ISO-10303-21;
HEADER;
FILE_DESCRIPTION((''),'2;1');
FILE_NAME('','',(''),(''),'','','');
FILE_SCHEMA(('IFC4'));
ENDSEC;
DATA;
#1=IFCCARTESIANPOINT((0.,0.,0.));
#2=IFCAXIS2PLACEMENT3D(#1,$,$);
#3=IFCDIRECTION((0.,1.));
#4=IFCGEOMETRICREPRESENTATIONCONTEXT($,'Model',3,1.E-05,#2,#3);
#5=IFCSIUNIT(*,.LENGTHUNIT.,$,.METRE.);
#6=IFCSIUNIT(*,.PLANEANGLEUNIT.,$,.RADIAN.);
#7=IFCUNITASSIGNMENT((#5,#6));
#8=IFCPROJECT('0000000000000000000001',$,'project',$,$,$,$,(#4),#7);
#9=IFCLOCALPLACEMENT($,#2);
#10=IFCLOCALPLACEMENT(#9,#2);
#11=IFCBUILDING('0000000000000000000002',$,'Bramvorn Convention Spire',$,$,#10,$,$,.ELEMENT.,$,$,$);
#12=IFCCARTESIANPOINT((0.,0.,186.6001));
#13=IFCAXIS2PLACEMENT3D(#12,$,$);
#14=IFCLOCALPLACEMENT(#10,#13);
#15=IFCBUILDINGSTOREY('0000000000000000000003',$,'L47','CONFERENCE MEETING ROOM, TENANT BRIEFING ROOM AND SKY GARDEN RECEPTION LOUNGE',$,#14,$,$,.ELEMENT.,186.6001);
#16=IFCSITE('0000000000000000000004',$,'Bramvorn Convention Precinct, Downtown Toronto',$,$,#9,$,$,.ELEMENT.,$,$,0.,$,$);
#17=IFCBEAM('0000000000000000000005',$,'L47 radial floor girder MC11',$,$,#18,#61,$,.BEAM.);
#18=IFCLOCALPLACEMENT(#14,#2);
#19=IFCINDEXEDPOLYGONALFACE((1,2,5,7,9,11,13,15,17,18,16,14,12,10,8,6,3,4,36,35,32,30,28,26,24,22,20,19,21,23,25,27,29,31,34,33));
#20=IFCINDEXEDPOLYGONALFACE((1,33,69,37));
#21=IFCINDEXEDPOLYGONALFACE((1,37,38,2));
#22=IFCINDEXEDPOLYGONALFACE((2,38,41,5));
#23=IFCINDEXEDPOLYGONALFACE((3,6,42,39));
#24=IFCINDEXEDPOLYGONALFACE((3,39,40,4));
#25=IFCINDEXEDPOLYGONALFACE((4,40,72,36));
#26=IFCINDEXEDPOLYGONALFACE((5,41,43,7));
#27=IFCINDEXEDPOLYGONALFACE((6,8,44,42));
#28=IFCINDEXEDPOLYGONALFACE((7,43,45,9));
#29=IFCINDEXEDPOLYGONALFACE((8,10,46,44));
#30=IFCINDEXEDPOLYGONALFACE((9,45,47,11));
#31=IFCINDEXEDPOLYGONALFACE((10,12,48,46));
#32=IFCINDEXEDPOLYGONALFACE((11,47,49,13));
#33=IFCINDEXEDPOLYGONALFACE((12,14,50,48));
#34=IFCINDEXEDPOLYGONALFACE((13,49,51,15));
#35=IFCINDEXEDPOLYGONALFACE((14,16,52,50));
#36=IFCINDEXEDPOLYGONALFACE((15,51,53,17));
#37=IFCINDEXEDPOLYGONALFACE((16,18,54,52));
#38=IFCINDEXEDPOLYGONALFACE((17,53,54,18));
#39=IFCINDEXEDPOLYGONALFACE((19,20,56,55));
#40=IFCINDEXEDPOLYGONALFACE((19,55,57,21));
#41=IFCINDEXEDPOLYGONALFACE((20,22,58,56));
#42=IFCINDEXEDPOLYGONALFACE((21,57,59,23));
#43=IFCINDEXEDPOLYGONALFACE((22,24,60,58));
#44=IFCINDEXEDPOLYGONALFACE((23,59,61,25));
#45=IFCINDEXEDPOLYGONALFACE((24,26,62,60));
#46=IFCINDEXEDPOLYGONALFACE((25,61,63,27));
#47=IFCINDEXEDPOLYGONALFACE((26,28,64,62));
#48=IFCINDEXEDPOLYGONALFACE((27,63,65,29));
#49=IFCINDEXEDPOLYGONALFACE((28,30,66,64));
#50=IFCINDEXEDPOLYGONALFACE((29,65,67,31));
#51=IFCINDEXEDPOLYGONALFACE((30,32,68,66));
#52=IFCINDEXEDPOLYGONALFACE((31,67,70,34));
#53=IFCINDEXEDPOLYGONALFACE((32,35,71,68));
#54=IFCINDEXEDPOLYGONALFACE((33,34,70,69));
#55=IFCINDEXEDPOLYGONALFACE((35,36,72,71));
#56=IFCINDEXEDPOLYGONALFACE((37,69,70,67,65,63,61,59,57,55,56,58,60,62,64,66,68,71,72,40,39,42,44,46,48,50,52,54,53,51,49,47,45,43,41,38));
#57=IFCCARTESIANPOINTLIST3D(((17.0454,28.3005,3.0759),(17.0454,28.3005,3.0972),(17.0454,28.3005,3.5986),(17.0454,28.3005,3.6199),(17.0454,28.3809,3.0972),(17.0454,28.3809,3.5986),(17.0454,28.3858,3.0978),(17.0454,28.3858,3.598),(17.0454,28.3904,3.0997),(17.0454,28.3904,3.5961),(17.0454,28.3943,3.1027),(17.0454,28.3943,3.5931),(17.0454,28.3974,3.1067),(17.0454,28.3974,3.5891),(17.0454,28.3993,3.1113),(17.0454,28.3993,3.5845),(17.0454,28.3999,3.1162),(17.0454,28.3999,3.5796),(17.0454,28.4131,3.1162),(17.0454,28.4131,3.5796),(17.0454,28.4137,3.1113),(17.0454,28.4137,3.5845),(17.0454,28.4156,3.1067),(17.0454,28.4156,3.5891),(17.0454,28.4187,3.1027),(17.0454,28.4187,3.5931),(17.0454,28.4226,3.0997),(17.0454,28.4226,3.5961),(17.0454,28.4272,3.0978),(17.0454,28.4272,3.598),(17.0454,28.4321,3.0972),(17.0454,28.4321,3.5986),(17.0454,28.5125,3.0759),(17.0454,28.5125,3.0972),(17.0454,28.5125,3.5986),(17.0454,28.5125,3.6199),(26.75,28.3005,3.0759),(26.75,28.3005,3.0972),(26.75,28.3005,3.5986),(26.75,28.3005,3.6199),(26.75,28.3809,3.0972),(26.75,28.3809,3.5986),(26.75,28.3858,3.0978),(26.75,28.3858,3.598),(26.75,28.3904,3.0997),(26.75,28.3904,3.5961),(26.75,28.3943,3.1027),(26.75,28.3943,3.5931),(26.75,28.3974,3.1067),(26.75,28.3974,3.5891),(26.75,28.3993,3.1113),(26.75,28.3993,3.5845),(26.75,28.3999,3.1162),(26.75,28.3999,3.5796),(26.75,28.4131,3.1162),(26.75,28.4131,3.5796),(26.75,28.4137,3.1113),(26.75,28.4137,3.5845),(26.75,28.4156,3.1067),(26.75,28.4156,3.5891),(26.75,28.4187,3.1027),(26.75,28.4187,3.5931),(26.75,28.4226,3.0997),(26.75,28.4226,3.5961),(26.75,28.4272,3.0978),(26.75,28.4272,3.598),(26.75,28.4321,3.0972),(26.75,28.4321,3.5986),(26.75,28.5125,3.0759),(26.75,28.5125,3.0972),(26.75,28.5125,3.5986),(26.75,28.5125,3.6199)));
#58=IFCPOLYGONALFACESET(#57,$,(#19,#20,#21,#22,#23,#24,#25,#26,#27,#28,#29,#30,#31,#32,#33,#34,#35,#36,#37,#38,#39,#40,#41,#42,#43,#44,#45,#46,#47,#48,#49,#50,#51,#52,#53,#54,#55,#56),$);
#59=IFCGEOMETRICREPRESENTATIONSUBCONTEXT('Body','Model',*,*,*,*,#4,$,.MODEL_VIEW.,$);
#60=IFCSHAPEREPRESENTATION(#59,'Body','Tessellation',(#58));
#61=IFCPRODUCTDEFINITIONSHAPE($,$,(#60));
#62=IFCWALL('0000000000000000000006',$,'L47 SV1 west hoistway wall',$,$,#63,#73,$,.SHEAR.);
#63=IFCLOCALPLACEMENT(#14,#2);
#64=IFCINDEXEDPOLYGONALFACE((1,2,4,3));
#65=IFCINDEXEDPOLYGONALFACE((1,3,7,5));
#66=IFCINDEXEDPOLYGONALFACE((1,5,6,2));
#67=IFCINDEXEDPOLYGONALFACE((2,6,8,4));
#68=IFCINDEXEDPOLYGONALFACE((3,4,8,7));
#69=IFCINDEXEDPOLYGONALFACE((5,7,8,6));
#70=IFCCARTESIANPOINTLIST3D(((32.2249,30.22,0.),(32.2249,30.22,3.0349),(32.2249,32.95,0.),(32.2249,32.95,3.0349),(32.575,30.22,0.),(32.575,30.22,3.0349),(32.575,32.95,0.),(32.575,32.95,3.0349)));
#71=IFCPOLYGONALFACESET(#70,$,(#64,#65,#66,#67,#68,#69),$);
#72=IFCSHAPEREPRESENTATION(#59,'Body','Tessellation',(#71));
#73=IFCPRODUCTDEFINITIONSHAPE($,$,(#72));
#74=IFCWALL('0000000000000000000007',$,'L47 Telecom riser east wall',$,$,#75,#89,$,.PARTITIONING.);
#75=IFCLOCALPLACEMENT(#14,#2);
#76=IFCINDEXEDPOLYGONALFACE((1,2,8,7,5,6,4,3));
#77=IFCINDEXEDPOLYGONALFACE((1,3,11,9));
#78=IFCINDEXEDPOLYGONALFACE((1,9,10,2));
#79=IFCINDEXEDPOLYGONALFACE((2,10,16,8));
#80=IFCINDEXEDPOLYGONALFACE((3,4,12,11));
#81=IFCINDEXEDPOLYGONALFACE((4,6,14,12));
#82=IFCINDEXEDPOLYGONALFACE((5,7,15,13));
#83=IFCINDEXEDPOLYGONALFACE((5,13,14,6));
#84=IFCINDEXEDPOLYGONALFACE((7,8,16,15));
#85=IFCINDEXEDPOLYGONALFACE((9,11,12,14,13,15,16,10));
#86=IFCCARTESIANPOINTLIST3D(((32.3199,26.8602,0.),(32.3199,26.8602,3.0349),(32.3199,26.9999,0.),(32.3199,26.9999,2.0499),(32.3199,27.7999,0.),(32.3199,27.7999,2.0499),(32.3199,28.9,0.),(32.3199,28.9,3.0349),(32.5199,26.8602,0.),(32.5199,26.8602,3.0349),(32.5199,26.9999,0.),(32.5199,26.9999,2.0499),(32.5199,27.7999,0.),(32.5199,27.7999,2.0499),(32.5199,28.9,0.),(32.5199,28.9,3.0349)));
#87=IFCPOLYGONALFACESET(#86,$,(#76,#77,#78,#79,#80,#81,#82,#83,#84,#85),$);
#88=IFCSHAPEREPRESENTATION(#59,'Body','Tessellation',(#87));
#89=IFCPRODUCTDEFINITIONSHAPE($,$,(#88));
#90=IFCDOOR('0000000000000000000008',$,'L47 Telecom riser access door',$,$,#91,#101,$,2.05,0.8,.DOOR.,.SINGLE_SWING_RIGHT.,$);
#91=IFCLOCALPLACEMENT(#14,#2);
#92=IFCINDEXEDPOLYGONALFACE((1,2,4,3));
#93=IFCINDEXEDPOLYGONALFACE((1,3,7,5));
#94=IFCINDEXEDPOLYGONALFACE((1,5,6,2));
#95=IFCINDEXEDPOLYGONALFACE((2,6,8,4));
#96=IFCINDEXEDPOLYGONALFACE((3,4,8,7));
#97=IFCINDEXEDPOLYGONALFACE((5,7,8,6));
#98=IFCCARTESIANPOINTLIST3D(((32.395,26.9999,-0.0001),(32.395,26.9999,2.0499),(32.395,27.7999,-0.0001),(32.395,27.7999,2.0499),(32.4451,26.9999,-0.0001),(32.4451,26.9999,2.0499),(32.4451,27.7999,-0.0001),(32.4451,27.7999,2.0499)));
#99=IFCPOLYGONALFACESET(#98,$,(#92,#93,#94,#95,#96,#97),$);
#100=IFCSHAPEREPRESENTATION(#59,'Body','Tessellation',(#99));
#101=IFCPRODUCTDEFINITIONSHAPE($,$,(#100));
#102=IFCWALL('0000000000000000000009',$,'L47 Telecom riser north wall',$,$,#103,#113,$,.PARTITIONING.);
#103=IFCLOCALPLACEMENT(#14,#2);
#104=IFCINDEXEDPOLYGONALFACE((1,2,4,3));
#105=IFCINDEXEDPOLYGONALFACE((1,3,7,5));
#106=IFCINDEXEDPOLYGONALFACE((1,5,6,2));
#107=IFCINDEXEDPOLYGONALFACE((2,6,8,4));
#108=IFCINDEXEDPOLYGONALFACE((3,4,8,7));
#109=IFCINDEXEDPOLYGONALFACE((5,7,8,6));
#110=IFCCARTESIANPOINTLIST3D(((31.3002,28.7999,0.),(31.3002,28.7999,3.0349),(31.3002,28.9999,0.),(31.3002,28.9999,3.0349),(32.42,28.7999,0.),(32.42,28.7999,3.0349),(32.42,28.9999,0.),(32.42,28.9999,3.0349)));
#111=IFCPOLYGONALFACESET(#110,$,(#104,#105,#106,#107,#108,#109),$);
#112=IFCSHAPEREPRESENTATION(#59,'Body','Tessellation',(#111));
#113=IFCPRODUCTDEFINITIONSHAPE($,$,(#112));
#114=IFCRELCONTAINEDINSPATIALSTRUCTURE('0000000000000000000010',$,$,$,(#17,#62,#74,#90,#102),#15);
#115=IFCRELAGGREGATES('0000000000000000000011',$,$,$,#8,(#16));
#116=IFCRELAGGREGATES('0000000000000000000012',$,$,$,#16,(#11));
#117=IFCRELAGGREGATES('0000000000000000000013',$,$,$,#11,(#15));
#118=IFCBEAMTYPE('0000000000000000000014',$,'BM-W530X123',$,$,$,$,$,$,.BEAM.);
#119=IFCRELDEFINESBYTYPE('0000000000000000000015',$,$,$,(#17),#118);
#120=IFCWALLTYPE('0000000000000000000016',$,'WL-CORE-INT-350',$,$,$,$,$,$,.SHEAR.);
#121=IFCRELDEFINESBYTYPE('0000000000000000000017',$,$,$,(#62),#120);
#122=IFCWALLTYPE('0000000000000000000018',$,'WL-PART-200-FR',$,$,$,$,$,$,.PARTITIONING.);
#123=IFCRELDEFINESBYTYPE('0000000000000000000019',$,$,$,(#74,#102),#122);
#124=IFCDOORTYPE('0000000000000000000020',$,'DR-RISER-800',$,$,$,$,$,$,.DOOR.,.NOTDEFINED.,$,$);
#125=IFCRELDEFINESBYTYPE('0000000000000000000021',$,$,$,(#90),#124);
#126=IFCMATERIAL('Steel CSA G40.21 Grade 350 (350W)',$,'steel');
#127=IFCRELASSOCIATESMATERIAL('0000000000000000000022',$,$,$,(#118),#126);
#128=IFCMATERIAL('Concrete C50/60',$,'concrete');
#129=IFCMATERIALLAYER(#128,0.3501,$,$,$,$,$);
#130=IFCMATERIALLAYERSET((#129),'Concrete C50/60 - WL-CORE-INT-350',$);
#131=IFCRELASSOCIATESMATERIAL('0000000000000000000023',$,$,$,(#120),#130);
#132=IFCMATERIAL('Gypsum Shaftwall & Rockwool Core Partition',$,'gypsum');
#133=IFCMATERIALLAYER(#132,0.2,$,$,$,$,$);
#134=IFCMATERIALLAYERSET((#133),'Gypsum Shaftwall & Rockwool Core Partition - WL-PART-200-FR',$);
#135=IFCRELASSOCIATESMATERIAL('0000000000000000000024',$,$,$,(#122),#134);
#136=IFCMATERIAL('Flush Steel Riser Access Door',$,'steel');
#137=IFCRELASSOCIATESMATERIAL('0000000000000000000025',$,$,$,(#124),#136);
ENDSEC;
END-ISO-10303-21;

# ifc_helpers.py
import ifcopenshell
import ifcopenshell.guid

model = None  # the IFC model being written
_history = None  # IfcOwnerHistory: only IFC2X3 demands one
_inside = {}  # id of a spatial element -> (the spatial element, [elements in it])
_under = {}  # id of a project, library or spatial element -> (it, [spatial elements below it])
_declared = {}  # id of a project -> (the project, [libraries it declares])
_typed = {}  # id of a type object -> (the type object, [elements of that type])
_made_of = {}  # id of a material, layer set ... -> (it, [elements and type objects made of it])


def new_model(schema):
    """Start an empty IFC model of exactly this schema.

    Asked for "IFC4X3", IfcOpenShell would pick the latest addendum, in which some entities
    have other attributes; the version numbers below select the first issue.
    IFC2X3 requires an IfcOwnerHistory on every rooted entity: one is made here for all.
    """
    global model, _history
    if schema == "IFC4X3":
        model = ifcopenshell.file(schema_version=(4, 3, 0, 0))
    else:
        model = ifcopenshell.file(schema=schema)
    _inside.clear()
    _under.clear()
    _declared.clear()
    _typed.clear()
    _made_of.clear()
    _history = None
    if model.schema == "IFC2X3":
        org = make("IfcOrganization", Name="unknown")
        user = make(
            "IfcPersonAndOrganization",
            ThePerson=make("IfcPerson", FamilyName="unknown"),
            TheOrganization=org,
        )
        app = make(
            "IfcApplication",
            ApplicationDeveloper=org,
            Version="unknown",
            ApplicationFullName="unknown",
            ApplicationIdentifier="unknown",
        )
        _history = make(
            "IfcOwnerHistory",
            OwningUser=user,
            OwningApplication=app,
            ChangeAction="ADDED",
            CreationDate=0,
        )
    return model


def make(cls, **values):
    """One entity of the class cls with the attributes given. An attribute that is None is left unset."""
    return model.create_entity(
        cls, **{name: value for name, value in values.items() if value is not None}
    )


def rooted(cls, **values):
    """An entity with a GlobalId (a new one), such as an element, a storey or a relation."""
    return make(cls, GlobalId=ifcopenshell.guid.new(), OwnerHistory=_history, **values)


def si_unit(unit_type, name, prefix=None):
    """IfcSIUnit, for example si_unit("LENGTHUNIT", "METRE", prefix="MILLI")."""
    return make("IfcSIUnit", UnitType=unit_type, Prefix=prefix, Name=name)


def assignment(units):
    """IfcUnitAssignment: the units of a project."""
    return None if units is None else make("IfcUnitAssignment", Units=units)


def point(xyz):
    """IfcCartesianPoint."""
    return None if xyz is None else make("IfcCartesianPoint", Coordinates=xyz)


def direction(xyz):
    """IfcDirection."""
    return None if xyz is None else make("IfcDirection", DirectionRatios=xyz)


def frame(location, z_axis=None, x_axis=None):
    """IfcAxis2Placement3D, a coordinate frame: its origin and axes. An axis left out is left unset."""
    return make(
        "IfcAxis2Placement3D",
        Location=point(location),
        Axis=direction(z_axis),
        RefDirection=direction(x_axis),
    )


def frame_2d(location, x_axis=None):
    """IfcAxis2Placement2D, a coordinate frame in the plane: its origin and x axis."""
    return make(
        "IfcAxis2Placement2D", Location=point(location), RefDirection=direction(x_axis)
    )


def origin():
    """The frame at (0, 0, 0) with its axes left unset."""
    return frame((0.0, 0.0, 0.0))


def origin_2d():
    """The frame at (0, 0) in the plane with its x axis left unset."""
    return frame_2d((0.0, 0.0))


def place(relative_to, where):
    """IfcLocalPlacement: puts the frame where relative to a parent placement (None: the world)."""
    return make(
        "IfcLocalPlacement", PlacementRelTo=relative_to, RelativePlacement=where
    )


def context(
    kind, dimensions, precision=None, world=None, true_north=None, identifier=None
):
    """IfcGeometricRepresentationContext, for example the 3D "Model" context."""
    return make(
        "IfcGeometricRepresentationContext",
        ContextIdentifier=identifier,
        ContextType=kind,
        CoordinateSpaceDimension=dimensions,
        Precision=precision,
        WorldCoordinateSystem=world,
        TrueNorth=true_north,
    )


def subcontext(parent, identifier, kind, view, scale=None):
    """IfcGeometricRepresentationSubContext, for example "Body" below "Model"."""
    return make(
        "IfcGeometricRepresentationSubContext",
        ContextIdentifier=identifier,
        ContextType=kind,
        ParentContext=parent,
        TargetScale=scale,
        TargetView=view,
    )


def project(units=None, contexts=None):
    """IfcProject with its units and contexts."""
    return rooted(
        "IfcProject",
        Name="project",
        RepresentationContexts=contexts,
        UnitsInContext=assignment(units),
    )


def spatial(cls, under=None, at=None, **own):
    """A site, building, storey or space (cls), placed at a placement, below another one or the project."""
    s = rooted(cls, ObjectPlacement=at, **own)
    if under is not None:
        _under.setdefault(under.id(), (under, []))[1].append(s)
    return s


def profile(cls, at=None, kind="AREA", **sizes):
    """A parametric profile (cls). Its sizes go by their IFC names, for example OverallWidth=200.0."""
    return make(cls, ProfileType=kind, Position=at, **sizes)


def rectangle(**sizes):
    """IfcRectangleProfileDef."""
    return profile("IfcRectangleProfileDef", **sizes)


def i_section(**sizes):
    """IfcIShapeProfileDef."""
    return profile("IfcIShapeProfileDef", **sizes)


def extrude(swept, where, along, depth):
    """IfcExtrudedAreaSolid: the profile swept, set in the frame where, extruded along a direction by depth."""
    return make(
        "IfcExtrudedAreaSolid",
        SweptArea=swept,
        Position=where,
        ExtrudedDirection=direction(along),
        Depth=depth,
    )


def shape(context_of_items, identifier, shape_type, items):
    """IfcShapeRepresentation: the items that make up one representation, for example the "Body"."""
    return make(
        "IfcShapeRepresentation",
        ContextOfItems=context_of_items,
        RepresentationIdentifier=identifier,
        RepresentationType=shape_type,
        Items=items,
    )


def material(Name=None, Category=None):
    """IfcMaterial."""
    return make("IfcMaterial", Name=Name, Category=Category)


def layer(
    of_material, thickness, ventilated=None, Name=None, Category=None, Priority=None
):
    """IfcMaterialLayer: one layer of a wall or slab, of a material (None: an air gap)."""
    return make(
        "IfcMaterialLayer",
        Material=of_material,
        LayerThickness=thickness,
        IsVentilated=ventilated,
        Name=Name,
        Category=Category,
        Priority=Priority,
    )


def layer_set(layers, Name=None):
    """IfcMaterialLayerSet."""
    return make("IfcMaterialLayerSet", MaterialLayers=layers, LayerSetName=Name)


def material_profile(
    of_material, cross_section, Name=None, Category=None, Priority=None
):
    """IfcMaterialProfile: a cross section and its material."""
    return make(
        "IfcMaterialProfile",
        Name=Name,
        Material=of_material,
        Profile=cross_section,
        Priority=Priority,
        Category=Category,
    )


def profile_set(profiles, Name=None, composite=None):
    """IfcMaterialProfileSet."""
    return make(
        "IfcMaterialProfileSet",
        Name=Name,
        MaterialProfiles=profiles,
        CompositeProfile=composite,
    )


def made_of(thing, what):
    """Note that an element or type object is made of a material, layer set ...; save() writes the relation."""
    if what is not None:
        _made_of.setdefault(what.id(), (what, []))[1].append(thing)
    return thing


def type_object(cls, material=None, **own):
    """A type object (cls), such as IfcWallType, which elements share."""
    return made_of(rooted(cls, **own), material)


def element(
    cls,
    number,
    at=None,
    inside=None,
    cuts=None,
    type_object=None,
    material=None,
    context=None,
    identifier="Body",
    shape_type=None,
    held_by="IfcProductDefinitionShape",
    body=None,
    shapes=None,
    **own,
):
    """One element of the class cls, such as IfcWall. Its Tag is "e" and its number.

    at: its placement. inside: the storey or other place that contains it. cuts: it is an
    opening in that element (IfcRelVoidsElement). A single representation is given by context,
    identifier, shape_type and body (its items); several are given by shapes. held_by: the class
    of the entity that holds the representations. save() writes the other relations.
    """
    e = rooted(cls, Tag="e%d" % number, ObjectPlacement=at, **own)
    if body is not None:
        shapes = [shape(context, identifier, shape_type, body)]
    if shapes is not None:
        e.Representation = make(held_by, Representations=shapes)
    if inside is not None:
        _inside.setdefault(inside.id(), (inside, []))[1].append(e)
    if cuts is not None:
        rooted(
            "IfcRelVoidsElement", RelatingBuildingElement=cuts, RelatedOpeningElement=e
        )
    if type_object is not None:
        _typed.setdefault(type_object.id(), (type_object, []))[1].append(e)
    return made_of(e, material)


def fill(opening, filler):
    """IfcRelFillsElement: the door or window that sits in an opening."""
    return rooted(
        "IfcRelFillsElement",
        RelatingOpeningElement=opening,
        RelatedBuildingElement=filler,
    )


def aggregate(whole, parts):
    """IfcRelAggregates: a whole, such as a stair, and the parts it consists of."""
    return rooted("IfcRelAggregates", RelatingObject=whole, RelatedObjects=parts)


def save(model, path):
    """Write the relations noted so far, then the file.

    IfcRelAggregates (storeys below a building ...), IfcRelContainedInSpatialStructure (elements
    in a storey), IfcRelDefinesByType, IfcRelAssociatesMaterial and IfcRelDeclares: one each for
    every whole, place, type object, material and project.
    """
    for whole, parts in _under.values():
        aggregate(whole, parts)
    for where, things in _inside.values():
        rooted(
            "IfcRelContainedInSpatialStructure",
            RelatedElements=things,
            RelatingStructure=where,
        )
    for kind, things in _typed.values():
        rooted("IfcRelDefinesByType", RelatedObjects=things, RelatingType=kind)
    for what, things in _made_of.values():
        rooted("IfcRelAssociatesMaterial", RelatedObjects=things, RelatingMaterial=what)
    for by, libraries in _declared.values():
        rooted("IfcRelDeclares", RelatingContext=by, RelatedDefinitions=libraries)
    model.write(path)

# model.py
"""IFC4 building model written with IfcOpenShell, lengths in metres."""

from ifc_helpers import new_model, si_unit, direction, frame, frame_2d, origin, origin_2d, place, context, subcontext, project, spatial, rectangle, i_section, extrude, material, layer, layer_set, material_profile, profile_set, type_object, element, fill, save


model = new_model("IFC4")

# Units and contexts
model_context = context("Model", 3, precision=1e-05, world=origin(), true_north=direction((0.0, 1.0)))
body_context = subcontext(model_context, "Body", "Model", "MODEL_VIEW")
ifc_project = project(units=[si_unit("LENGTHUNIT", "METRE"), si_unit("PLANEANGLEUNIT", "RADIAN")], contexts=[model_context])

# Site, building, storey
site_placement = place(None, origin())
site = spatial("IfcSite", under=ifc_project, at=site_placement, Name="Bramvorn Convention Precinct, Downtown Toronto", CompositionType="ELEMENT", RefElevation=0.0)
building_placement = place(site_placement, origin())
building = spatial("IfcBuilding", under=site, at=building_placement, Name="Bramvorn Convention Spire", CompositionType="ELEMENT")
storey_placement = place(building_placement, frame((0.0, 0.0, 186.6001)))
storey = spatial("IfcBuildingStorey", under=building, at=storey_placement, Name="L47", Description="CONFERENCE MEETING ROOM, TENANT BRIEFING ROOM AND SKY GARDEN RECEPTION LOUNGE", CompositionType="ELEMENT", Elevation=186.6001)

# Beam
ifc_material_1 = material(Name="Steel CSA G40.21 Grade 350 (350W)", Category="steel")
ifc_material_profile = material_profile(ifc_material_1, i_section(OverallWidth=0.2119, OverallDepth=0.5439, WebThickness=0.0132, FlangeThickness=0.0212, FilletRadius=0.019, at=origin_2d()))
ifc_profile_set = profile_set([ifc_material_profile], Name="Steel CSA G40.21 Grade 350 (350W) - W530X123")
beam_type = type_object("IfcBeamType", Name="BM-W530X123", PredefinedType="BEAM", material=ifc_profile_set)
beam_placement = place(storey_placement, frame((26.75, 28.4065, 3.3479), z_axis=(-1.0, 0.0, 0.0), x_axis=(0.0, -1.0, 0.0)))
element("IfcBeam", 1, at=beam_placement, inside=storey, type_object=beam_type, Name="L47 radial floor girder MC11", PredefinedType="BEAM", context=body_context, shape_type="SweptSolid", body=[
    extrude(i_section(OverallWidth=0.2119, OverallDepth=0.5439, WebThickness=0.0132, FlangeThickness=0.0212, FilletRadius=0.019, at=origin_2d()), origin(), (0.0, 0.0, 1.0), 9.7046),
])

# Shared definitions
ifc_material_2 = material(Name="Concrete C50/60", Category="concrete")
ifc_layer_1 = layer(ifc_material_2, 0.3501)
ifc_layer_set_1 = layer_set([ifc_layer_1], Name="Concrete C50/60 - WL-CORE-INT-350")
wall_type_1 = type_object("IfcWallType", Name="WL-CORE-INT-350", PredefinedType="SHEAR", material=ifc_layer_set_1)

# Wall
wall_1_placement = place(storey_placement, frame((32.3999, 30.22, 0.0), z_axis=(0.0, 0.0, 1.0), x_axis=(0.0, 1.0, 0.0)))
element("IfcWall", 2, at=wall_1_placement, inside=storey, type_object=wall_type_1, Name="L47 SV1 west hoistway wall", PredefinedType="SHEAR", context=body_context, shape_type="SweptSolid", body=[
    extrude(rectangle(XDim=2.73, YDim=0.3501, at=frame_2d((1.365, 0.0))), origin(), (0.0, 0.0, 1.0), 3.0349),
])

# Wall, opening, door
ifc_material_3 = material(Name="Gypsum Shaftwall & Rockwool Core Partition", Category="gypsum")
ifc_layer_2 = layer(ifc_material_3, 0.2)
ifc_layer_set_2 = layer_set([ifc_layer_2], Name="Gypsum Shaftwall & Rockwool Core Partition - WL-PART-200-FR")
wall_type_2 = type_object("IfcWallType", Name="WL-PART-200-FR", PredefinedType="PARTITIONING", material=ifc_layer_set_2)
wall_2_placement = place(storey_placement, frame((32.4199, 26.8601, 0.0), z_axis=(0.0, 0.0, 1.0), x_axis=(0.0, 1.0, 0.0)))
wall_2 = element("IfcWall", 3, at=wall_2_placement, inside=storey, type_object=wall_type_2, Name="L47 Telecom riser east wall", PredefinedType="PARTITIONING", context=body_context, shape_type="SweptSolid", body=[
    extrude(rectangle(XDim=2.0398, YDim=0.2, at=frame_2d((1.02, 0.0))), origin(), (0.0, 0.0, 1.0), 3.0349),
])
opening_1_placement = place(wall_2_placement, frame((0.1399, 0.0, 0.0)))
opening_1 = element("IfcOpeningElement", 4, at=opening_1_placement, cuts=wall_2, PredefinedType="OPENING", context=body_context, shape_type="SweptSolid", body=[
    extrude(rectangle(XDim=0.8, YDim=2.05, at=frame_2d((0.3999, 1.0249))), frame((0.0, 0.1099, 0.0), z_axis=(0.0, -1.0, 0.0), x_axis=(1.0, 0.0, 0.0)), (0.0, 0.0, 1.0), 0.22),
])
ifc_material_4 = material(Name="Flush Steel Riser Access Door", Category="steel")
door_type_1 = type_object("IfcDoorType", Name="DR-RISER-800", OperationType="NOTDEFINED", PredefinedType="DOOR", material=ifc_material_4)
door_1_placement = place(opening_1_placement, origin())
door_1 = element("IfcDoor", 5, at=door_1_placement, inside=storey, type_object=door_type_1, Name="L47 Telecom riser access door", OperationType="SINGLE_SWING_RIGHT", OverallHeight=2.05, OverallWidth=0.8, PredefinedType="DOOR", context=body_context, shape_type="SweptSolid", body=[
    extrude(rectangle(XDim=0.8, YDim=2.05, at=frame_2d((0.3999, 1.0249))), frame((0.0, 0.0249, 0.0), z_axis=(0.0, -1.0, 0.0), x_axis=(1.0, 0.0, 0.0)), (0.0, 0.0, 1.0), 0.05),
])
fill(opening_1, door_1)

# Wall
wall_3_placement = place(storey_placement, frame((31.3, 28.8999, 0.0), z_axis=(0.0, 0.0, 1.0), x_axis=(1.0, 0.0, 0.0)))
element("IfcWall", 6, at=wall_3_placement, inside=storey, type_object=wall_type_2, Name="L47 Telecom riser north wall", PredefinedType="PARTITIONING", context=body_context, shape_type="SweptSolid", body=[
    extrude(rectangle(XDim=1.1199, YDim=0.2, at=frame_2d((0.5601, 0.0))), origin(), (0.0, 0.0, 1.0), 3.0349),
])

save(model, "model.ifc")
